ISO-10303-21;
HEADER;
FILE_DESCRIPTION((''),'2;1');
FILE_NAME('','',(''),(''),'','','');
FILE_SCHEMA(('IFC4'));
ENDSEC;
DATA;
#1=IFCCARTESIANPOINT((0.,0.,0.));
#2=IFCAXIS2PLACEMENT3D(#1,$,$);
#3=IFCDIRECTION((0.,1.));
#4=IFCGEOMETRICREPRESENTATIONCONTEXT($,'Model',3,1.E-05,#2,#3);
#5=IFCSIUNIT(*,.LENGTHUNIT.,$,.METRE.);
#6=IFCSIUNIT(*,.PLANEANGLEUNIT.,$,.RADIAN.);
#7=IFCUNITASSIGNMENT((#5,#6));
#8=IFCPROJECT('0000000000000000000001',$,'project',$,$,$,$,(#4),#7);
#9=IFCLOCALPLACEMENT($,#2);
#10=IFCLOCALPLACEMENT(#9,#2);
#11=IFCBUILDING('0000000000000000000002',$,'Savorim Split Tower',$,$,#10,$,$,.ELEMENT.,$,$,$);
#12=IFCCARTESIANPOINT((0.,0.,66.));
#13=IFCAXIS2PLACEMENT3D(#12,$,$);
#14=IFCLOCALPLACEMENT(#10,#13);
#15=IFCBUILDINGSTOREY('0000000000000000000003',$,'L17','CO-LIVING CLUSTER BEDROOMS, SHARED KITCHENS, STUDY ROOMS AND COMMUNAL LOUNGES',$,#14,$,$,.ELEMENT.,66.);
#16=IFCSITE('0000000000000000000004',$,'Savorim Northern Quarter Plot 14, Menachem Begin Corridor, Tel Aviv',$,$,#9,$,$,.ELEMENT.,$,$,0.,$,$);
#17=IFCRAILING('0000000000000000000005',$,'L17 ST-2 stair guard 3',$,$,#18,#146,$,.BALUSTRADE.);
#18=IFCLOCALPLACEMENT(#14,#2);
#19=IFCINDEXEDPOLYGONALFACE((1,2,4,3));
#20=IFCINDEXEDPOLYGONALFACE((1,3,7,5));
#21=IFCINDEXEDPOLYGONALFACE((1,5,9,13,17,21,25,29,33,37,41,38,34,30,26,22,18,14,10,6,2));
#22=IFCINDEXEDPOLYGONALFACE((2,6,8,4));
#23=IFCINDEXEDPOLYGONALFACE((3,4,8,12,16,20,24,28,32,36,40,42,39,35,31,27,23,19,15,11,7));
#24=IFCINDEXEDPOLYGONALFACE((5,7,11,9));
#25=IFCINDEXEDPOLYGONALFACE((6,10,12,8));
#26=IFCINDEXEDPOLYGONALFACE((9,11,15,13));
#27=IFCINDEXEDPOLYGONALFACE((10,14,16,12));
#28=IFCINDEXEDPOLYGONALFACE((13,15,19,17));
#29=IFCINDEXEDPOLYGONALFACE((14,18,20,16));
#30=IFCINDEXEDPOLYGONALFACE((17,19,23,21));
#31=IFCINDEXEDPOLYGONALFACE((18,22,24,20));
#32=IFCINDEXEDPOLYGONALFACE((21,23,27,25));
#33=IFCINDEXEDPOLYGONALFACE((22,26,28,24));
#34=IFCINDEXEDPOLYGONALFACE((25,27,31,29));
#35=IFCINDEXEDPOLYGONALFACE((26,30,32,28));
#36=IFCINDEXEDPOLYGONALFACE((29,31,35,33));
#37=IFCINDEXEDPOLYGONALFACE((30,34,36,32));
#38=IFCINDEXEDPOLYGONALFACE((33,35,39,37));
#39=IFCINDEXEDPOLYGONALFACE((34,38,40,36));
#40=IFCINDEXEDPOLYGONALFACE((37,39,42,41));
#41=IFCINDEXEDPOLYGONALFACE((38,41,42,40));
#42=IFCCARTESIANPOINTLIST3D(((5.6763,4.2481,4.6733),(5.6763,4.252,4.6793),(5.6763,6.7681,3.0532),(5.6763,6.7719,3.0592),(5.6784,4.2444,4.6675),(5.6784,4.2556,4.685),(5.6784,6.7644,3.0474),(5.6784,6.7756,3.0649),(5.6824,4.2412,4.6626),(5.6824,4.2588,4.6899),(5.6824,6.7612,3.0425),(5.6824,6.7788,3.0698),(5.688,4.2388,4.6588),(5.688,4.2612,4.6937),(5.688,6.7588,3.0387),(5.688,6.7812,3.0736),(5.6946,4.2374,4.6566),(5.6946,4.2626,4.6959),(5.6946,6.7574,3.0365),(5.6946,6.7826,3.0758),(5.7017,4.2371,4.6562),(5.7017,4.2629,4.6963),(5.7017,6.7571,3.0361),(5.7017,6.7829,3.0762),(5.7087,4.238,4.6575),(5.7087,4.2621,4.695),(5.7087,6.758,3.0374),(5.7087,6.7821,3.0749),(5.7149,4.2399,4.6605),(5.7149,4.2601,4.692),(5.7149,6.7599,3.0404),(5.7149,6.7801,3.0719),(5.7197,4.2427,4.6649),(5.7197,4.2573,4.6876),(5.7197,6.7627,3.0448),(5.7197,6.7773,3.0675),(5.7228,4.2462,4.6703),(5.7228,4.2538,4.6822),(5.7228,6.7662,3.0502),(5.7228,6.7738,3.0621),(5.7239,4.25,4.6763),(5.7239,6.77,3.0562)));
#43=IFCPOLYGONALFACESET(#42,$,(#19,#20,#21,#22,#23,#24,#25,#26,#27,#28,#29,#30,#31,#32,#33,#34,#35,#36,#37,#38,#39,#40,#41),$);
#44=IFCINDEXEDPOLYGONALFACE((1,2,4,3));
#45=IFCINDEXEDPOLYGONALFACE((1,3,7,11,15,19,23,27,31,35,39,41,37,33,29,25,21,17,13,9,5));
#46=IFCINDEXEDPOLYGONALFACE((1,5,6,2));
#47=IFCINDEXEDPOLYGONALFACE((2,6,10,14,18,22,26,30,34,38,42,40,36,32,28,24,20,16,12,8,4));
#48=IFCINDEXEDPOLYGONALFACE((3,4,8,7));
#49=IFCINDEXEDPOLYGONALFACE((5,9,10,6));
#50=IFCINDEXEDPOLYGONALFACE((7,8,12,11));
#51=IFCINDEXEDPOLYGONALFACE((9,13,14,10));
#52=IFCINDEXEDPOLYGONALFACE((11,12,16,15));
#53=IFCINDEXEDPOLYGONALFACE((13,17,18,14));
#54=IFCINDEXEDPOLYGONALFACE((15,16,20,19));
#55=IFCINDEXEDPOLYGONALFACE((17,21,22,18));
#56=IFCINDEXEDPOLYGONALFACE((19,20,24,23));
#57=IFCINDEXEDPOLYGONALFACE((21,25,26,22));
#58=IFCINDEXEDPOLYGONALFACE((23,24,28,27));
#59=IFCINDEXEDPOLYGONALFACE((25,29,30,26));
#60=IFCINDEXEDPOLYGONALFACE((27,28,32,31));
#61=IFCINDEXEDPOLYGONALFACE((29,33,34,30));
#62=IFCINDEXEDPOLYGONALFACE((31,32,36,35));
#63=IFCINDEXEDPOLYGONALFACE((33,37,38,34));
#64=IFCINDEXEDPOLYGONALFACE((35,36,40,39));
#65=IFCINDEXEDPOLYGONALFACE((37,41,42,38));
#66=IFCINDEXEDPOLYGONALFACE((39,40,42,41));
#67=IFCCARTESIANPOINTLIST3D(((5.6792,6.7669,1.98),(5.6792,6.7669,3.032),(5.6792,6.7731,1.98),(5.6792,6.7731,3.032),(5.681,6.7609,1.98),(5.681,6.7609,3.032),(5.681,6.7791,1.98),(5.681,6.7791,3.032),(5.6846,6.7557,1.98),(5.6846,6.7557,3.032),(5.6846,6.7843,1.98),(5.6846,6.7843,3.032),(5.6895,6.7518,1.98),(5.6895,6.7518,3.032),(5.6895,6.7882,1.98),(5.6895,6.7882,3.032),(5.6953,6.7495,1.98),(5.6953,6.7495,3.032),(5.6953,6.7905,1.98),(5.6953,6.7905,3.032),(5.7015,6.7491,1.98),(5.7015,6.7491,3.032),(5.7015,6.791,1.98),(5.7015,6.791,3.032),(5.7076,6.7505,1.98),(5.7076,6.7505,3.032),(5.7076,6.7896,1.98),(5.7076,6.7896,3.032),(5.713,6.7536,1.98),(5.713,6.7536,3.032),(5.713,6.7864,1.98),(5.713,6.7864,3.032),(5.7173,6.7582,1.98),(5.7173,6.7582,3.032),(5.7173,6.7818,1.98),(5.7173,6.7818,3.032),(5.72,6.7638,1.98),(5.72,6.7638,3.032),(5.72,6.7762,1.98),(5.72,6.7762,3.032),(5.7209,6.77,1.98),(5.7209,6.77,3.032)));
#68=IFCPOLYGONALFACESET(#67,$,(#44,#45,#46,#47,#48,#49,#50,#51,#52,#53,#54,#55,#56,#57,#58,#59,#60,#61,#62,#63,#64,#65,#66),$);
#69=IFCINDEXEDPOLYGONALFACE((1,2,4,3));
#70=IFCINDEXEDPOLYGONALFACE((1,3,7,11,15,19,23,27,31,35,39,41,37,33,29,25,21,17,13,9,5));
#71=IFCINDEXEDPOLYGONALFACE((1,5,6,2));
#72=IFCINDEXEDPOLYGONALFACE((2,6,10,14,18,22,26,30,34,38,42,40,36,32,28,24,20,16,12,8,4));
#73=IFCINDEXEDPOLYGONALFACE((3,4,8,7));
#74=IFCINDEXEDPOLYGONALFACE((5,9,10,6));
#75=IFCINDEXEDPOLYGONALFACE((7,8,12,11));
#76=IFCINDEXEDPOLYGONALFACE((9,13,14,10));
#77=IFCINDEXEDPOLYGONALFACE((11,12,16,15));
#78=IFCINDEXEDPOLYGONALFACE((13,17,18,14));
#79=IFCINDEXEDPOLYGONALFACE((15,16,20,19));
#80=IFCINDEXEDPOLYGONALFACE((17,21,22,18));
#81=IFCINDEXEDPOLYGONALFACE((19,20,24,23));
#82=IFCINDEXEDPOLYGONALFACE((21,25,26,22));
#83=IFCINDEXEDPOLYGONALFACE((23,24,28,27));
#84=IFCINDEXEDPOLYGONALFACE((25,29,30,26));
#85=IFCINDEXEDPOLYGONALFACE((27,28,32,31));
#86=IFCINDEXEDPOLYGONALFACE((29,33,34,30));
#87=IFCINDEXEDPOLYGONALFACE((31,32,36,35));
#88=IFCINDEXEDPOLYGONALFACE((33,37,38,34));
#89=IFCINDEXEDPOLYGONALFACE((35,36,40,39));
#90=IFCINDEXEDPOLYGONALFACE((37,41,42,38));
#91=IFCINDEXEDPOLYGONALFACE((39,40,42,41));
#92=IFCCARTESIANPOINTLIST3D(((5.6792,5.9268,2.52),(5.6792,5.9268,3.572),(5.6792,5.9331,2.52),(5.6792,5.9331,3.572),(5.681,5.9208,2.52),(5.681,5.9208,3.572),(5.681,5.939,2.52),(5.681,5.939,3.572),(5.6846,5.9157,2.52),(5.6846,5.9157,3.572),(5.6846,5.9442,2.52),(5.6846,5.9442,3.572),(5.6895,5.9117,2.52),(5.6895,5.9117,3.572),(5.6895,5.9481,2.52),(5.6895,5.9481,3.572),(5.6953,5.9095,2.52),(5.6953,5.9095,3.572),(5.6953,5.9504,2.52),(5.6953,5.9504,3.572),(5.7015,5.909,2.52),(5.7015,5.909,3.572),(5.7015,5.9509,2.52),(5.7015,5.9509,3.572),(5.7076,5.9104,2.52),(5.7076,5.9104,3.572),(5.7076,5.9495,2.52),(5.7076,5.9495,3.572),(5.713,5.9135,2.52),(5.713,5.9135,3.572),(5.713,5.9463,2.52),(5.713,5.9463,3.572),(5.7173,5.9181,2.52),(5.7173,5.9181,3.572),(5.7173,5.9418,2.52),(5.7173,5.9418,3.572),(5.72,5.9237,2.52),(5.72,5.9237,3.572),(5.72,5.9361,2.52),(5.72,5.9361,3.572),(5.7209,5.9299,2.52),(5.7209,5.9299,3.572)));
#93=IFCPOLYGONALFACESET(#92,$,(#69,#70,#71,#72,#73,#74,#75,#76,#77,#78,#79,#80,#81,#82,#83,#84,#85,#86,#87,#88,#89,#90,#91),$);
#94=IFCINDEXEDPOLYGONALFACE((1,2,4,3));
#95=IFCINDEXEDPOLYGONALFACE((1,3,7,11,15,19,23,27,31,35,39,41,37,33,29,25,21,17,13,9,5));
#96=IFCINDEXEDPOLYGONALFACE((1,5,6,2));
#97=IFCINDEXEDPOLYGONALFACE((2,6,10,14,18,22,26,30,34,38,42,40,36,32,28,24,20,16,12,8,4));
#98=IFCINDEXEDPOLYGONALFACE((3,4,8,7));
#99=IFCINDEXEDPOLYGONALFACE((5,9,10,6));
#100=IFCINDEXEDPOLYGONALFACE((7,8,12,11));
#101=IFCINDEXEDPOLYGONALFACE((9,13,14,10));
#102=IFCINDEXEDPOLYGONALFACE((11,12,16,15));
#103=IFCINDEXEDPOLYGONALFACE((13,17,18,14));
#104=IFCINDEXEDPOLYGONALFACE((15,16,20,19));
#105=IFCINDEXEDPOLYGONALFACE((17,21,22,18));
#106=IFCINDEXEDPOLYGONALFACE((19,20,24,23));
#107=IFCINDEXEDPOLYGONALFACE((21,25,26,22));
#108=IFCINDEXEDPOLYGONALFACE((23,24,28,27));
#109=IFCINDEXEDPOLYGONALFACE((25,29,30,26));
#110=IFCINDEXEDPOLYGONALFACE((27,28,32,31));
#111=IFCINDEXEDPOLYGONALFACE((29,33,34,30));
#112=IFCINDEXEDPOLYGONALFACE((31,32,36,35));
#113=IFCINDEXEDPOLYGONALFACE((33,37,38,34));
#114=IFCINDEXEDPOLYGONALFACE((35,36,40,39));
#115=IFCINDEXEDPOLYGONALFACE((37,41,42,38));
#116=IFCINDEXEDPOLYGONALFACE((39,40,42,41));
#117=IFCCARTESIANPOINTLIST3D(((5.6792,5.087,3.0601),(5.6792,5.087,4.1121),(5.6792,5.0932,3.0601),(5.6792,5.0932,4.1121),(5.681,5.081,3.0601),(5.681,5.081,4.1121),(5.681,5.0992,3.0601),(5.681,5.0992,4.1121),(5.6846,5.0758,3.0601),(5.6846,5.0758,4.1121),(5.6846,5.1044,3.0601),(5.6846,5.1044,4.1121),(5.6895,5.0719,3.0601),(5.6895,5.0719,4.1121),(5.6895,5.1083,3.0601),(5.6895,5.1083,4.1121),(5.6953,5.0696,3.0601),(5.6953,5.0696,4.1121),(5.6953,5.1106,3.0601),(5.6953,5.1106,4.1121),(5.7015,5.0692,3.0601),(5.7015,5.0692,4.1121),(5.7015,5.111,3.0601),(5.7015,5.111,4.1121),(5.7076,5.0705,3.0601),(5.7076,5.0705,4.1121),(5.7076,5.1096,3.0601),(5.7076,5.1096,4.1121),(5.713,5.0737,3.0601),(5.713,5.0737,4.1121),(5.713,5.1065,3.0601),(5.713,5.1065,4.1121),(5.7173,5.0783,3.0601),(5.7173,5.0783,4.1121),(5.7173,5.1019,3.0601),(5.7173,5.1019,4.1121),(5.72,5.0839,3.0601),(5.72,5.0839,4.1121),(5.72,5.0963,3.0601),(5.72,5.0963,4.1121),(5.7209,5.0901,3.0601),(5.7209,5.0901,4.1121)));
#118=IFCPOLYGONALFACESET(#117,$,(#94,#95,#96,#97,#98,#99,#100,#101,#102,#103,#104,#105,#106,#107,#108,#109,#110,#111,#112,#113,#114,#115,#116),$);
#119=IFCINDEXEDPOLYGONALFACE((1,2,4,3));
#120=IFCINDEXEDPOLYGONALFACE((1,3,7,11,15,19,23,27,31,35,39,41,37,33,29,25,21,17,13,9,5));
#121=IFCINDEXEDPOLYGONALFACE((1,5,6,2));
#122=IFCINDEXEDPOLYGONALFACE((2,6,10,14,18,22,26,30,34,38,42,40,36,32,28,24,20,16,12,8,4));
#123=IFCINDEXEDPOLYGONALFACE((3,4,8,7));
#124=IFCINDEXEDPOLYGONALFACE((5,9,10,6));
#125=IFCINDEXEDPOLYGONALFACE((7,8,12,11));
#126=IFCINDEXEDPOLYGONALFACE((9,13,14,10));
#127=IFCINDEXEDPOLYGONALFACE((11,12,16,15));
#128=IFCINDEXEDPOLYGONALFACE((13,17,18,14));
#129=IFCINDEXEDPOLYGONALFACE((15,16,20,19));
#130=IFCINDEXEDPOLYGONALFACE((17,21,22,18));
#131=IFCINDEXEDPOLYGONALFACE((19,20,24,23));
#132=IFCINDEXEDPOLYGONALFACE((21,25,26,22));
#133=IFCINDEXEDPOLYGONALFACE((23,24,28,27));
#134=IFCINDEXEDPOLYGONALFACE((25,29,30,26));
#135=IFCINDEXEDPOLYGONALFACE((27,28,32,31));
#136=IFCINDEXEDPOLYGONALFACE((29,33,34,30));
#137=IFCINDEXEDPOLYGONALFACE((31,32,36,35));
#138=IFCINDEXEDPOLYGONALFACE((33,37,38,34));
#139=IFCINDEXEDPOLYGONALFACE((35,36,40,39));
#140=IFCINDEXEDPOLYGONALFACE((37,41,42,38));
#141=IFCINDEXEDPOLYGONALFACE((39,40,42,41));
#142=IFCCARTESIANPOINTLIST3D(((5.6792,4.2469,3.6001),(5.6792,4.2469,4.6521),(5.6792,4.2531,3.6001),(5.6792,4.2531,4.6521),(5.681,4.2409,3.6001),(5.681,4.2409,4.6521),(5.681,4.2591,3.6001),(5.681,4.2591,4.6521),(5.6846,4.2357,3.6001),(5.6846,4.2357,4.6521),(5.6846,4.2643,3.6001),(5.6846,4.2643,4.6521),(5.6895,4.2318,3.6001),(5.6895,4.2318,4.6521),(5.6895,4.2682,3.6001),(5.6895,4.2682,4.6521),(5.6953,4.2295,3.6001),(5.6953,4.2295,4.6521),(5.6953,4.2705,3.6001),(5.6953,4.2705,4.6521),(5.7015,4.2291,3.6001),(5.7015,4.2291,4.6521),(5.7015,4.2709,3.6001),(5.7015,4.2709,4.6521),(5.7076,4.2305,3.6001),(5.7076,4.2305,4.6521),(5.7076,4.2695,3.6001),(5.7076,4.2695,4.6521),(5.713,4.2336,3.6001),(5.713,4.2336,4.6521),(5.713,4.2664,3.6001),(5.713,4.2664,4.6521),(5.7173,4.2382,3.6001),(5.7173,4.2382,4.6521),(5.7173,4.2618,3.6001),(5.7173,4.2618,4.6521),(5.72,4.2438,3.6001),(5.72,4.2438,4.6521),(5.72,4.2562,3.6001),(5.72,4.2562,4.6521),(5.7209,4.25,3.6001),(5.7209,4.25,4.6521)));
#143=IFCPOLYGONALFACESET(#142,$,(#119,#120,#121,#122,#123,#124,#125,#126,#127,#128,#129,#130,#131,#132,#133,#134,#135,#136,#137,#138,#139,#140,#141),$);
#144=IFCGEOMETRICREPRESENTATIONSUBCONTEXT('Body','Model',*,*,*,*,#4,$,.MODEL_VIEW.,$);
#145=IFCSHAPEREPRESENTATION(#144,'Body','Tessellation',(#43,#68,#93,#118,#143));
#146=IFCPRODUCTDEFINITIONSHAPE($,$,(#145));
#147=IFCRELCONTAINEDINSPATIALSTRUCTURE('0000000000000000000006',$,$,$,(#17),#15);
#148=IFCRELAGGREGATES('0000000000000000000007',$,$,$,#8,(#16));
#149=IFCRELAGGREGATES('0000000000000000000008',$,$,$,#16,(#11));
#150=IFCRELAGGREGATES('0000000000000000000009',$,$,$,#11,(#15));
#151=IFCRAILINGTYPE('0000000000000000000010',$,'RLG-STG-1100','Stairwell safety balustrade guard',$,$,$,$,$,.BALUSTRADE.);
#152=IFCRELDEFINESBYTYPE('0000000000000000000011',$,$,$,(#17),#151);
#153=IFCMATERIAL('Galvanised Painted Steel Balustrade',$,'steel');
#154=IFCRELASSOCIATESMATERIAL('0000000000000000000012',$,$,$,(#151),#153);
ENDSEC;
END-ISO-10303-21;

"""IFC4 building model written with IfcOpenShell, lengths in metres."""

from ifc_helpers import new_model, si_unit, direction, frame, origin, origin_2d, place, context, subcontext, project, spatial, circle, extrude, material, type_object, element, save


model = new_model("IFC4")

# Units and contexts
model_context = context("Model", 3, precision=1e-05, world=origin(), true_north=direction((0.0, 1.0)))
body_context = subcontext(model_context, "Body", "Model", "MODEL_VIEW")
ifc_project = project(units=[si_unit("LENGTHUNIT", "METRE"), si_unit("PLANEANGLEUNIT", "RADIAN")], contexts=[model_context])

# Site, building, storey
site_placement = place(None, origin())
site = spatial("IfcSite", under=ifc_project, at=site_placement, Name="Savorim Northern Quarter Plot 14, Menachem Begin Corridor, Tel Aviv", CompositionType="ELEMENT", RefElevation=0.0)
building_placement = place(site_placement, origin())
building = spatial("IfcBuilding", under=site, at=building_placement, Name="Savorim Split Tower", CompositionType="ELEMENT")
storey_placement = place(building_placement, frame((0.0, 0.0, 66.0)))
storey = spatial("IfcBuildingStorey", under=building, at=storey_placement, Name="L17", Description="CO-LIVING CLUSTER BEDROOMS, SHARED KITCHENS, STUDY ROOMS AND COMMUNAL LOUNGES", CompositionType="ELEMENT", Elevation=66.0)

# Railing
ifc_material_1 = material(Name="Galvanised Painted Steel Balustrade", Category="steel")
railing_type_1 = type_object("IfcRailingType", Name="RLG-STG-1100", Description="Stairwell safety balustrade guard", PredefinedType="BALUSTRADE", material=ifc_material_1)
railing_1_placement = place(storey_placement, frame((5.7, 6.77, 1.98)))
element("IfcRailing", 1, at=railing_1_placement, inside=storey, type_object=railing_type_1, Name="L17 ST-2 stair guard 3", PredefinedType="BALUSTRADE", context=body_context, shape_type="SweptSolid", body=[
    extrude(circle(Radius=0.0239, at=origin_2d()), frame((0.0, 0.0, 1.0762), z_axis=(0.0, -0.841163, 0.540782), x_axis=(1.0, 0.0, 0.0)), (0.0, 0.0, 1.0), 2.9958),
    extrude(circle(Radius=0.021, at=origin_2d()), origin(), (0.0, 0.0, 1.0), 1.052),
    extrude(circle(Radius=0.021, at=origin_2d()), frame((0.0, -0.8401, 0.54)), (0.0, 0.0, 1.0), 1.052),
    extrude(circle(Radius=0.021, at=origin_2d()), frame((0.0, -1.6799, 1.0801)), (0.0, 0.0, 1.0), 1.052),
    extrude(circle(Radius=0.021, at=origin_2d()), frame((0.0, -2.52, 1.6201)), (0.0, 0.0, 1.0), 1.052),
])

save(model, "model.ifc")
